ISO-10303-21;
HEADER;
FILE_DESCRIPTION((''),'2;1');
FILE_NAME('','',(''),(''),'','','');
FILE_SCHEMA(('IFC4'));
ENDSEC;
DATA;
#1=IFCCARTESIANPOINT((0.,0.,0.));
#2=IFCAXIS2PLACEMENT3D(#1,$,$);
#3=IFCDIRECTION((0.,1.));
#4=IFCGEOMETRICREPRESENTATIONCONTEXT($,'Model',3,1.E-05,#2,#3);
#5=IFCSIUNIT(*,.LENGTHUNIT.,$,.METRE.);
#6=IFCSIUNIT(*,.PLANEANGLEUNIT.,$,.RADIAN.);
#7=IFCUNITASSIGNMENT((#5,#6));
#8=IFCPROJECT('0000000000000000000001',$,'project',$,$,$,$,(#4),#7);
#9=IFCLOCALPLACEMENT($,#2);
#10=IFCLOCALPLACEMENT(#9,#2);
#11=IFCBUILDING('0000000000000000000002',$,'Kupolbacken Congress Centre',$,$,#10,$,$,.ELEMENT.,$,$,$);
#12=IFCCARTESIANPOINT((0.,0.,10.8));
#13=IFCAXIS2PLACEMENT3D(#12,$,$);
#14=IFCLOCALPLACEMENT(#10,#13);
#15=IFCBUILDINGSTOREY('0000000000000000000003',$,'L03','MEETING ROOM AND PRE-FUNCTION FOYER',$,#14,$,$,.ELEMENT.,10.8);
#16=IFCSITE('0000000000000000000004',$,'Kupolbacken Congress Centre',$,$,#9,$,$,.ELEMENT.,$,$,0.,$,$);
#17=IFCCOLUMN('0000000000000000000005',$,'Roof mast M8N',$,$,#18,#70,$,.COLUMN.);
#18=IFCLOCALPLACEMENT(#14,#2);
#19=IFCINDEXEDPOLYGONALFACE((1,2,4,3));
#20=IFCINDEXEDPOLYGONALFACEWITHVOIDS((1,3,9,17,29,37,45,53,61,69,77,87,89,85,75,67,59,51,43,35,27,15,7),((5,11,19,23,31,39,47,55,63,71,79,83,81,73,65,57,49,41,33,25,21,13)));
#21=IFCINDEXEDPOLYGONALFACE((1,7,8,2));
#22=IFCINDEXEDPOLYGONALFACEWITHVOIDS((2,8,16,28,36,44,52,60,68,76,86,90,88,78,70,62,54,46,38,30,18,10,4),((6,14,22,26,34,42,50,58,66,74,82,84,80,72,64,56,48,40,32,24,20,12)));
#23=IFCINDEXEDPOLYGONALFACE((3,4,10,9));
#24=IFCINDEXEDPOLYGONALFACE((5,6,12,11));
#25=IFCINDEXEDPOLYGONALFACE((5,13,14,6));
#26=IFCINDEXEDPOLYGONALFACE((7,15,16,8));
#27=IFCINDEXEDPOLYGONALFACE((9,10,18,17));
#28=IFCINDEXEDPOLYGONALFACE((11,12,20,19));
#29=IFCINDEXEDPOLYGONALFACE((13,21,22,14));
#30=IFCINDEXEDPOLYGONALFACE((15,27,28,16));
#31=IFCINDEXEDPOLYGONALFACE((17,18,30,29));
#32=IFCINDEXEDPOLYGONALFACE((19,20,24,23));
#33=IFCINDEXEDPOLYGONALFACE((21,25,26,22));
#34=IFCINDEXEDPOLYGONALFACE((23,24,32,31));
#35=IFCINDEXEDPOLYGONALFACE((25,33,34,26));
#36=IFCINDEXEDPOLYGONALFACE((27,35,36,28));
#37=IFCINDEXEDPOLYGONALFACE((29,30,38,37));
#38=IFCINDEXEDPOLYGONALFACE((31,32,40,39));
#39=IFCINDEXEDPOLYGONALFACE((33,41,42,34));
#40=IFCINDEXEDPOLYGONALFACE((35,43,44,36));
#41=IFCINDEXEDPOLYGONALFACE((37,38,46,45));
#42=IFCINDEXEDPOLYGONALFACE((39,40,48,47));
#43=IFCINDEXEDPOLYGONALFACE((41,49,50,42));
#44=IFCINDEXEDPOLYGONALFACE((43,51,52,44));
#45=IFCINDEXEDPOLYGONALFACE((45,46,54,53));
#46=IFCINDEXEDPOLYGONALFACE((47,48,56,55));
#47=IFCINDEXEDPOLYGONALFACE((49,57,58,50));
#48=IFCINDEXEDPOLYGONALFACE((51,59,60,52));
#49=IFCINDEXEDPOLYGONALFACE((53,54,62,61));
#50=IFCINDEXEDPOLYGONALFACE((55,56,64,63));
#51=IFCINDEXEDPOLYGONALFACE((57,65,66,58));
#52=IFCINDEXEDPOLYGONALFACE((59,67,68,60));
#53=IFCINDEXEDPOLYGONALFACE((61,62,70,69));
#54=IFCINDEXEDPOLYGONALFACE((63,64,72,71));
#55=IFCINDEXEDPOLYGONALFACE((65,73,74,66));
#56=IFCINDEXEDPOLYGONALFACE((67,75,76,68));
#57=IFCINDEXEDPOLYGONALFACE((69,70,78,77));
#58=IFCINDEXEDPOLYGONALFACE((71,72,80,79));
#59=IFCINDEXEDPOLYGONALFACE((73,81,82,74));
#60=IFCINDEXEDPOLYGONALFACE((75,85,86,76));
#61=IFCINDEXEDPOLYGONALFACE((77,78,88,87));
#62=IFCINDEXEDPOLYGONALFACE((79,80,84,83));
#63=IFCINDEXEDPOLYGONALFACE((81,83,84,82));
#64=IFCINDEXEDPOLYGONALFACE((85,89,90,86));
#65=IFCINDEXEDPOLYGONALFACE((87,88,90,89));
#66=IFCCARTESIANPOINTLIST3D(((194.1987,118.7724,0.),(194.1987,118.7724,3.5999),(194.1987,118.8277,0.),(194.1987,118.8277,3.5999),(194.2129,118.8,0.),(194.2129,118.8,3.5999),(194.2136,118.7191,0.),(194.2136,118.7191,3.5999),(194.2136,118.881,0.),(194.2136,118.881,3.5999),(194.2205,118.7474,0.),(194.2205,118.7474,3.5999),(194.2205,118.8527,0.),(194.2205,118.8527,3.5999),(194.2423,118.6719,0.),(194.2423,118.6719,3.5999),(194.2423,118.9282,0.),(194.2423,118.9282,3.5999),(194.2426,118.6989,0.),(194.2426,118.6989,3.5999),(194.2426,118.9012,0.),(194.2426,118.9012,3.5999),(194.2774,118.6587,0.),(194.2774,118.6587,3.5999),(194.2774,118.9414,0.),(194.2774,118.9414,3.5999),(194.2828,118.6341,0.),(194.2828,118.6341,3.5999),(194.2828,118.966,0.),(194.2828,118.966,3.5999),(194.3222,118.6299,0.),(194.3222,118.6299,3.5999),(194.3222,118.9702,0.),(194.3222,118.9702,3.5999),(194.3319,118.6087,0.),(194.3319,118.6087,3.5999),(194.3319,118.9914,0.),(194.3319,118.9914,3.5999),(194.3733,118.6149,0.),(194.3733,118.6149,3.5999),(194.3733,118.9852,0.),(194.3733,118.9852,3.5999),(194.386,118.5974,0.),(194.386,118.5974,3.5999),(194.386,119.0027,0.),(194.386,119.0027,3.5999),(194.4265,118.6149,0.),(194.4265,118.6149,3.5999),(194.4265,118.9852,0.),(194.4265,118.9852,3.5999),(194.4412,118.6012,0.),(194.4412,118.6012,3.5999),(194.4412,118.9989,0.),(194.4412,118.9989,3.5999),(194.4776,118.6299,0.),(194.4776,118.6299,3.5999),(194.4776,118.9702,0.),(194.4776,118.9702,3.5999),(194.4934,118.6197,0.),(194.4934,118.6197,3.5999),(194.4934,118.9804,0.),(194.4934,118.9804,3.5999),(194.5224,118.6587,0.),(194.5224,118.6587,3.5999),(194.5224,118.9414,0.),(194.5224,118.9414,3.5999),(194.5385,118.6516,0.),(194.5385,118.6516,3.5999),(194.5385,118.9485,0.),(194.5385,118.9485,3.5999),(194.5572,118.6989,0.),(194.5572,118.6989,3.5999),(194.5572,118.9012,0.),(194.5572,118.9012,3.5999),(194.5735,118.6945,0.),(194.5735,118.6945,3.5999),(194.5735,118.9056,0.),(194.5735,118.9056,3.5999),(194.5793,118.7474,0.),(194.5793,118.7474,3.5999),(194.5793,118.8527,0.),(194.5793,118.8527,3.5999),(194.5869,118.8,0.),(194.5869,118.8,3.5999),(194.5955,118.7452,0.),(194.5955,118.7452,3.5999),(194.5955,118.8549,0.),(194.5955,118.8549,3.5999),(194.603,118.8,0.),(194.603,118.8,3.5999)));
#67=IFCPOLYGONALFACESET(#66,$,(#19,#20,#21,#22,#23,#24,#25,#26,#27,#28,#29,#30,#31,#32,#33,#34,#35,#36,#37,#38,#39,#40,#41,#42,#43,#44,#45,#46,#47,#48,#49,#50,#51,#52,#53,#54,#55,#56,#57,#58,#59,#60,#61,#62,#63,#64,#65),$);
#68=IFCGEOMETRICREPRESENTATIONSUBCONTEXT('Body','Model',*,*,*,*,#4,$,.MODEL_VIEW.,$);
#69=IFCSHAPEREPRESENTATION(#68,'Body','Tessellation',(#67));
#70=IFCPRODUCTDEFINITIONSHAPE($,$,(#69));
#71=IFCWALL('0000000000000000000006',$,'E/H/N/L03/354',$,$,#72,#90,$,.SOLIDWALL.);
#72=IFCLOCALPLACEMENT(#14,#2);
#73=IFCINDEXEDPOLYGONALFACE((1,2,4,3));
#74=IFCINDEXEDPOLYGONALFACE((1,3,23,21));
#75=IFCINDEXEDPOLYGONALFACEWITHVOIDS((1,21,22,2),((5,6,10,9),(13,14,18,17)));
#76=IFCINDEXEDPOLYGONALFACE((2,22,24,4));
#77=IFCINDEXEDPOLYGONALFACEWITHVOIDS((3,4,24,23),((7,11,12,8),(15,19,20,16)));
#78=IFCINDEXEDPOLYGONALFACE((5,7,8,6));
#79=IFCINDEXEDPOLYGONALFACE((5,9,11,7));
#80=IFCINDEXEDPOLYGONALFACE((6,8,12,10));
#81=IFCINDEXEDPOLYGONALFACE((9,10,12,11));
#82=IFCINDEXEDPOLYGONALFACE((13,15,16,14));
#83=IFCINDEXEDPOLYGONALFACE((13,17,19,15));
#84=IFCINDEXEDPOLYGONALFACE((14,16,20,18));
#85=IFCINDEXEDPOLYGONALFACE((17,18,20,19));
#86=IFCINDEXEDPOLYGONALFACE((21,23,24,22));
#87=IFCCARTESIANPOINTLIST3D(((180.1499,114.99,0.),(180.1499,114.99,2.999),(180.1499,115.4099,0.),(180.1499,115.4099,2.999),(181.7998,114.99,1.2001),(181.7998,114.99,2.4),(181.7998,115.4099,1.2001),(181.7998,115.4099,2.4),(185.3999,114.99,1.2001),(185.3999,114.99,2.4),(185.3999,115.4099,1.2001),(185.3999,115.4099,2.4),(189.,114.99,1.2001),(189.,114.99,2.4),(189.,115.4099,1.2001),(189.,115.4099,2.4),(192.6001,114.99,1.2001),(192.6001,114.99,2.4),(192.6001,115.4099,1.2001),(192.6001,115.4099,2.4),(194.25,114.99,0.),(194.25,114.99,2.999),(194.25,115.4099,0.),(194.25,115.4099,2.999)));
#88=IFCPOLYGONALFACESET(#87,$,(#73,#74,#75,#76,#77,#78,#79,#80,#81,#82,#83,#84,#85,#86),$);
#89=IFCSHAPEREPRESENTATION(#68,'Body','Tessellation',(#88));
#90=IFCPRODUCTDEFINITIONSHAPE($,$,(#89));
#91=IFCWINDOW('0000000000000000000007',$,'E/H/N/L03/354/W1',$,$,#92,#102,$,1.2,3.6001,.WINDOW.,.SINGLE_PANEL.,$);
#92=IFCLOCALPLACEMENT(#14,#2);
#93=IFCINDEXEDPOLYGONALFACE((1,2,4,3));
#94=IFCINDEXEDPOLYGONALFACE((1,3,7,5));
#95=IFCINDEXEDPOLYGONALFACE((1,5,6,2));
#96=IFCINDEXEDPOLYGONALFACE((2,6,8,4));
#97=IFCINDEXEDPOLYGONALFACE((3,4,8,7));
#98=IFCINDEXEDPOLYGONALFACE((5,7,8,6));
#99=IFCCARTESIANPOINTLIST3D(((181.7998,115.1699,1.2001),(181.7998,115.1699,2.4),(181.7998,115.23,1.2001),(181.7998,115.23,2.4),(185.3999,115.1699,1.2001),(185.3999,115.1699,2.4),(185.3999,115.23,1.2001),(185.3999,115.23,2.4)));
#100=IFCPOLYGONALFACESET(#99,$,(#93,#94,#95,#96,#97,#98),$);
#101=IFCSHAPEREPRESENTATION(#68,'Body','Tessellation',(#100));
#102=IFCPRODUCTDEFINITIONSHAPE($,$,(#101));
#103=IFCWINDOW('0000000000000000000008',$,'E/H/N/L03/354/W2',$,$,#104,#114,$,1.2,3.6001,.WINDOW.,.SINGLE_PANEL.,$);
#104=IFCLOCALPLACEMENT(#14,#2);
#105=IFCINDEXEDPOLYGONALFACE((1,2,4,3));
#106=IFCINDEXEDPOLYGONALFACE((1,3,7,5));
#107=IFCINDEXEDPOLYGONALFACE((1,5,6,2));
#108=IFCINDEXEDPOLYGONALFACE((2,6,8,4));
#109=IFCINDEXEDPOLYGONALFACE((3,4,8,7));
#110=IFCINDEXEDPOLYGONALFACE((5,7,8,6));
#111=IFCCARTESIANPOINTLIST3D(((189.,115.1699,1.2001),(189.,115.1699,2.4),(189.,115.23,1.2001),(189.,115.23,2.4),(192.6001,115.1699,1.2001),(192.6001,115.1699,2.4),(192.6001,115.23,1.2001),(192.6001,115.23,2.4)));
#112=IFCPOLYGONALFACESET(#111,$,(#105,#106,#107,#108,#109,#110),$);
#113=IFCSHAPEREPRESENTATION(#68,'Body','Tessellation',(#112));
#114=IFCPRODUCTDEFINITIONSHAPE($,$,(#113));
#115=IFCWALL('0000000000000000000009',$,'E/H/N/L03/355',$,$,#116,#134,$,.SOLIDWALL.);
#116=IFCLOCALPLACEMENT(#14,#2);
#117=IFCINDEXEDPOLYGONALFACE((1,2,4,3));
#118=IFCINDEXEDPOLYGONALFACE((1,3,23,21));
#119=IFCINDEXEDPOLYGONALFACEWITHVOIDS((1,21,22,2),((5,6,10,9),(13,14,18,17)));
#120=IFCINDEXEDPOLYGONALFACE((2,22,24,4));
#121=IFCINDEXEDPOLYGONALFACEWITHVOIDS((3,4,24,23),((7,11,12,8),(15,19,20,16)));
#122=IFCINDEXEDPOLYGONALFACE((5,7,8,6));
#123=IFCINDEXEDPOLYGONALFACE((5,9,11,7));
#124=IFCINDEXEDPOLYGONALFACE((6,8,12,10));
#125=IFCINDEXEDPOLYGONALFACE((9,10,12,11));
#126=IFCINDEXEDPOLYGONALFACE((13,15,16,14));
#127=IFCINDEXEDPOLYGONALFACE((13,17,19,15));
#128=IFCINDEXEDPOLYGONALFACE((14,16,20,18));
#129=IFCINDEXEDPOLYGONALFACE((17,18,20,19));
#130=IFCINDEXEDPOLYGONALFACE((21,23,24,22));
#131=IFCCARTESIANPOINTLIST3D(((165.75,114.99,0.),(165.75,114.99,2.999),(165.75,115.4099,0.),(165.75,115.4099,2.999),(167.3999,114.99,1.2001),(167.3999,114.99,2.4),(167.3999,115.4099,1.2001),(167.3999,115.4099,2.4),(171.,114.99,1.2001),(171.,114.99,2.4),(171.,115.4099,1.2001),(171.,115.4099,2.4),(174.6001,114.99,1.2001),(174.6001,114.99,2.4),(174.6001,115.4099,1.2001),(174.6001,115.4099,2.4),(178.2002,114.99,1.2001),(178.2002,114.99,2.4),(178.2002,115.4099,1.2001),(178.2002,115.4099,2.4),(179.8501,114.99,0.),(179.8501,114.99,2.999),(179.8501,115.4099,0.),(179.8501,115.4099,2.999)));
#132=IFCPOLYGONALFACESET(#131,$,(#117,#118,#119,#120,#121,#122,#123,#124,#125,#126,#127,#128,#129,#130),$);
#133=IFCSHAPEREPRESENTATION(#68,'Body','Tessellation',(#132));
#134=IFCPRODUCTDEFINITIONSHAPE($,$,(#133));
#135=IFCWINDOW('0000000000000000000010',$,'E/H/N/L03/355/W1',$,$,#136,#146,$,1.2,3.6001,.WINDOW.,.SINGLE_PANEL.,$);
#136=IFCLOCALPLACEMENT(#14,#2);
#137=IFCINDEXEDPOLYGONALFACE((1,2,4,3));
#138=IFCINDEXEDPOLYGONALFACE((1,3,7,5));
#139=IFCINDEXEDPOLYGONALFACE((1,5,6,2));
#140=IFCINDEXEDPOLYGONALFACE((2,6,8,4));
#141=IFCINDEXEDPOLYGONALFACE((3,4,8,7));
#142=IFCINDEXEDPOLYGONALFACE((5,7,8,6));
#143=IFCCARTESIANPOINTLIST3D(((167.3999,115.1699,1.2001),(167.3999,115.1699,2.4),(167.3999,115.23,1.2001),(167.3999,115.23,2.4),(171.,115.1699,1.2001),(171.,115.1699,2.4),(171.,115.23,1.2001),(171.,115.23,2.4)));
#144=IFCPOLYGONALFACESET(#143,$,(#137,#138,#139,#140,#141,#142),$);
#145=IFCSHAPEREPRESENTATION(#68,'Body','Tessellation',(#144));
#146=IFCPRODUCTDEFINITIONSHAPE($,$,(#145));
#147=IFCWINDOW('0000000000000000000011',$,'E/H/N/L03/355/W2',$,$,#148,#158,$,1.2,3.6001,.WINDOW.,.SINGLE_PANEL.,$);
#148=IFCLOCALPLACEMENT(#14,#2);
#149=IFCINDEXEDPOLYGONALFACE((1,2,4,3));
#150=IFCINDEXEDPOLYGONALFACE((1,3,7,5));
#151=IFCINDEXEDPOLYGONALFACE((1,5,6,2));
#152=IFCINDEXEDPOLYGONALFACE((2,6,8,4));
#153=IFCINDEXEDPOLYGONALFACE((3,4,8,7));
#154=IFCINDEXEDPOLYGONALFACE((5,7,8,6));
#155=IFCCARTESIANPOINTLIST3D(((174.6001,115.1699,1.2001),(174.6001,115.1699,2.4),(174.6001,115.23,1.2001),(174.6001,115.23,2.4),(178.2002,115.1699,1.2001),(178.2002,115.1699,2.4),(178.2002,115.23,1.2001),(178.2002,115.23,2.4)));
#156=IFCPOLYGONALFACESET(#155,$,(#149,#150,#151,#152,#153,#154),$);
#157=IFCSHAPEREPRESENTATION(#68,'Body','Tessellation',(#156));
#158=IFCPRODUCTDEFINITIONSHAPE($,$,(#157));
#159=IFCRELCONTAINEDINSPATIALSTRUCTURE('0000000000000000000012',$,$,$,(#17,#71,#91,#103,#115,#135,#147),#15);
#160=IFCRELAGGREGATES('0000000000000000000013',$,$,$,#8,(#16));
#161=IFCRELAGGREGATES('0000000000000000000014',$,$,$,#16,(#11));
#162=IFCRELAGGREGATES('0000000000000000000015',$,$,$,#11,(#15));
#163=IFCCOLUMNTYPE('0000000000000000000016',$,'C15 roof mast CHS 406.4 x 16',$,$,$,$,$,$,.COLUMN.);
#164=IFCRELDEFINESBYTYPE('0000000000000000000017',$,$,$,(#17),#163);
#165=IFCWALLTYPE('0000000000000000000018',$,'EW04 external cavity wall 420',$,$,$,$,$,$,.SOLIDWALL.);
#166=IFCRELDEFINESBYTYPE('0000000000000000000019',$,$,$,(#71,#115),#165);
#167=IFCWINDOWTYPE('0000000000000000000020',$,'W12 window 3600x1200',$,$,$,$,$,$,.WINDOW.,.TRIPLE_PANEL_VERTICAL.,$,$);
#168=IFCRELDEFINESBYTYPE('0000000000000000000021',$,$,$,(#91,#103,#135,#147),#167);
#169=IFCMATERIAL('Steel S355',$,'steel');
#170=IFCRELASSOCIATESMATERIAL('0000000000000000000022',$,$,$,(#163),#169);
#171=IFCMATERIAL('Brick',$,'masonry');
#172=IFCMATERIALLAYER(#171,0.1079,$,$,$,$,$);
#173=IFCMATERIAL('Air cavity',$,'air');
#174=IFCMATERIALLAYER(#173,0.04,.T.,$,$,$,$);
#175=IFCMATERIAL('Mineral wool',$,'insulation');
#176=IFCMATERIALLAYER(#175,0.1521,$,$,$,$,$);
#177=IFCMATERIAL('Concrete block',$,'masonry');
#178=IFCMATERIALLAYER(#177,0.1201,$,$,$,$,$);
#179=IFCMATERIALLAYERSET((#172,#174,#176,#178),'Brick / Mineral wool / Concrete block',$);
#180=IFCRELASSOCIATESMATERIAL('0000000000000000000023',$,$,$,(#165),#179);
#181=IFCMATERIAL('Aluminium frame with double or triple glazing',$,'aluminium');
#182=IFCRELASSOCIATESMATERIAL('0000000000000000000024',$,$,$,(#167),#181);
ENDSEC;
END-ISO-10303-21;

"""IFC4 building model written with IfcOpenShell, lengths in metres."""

from ifc_helpers import new_model, si_unit, direction, frame, frame_2d, origin, origin_2d, place, context, subcontext, project, spatial, rectangle, hollow_circle, extrude, material, layer, layer_set, material_profile, profile_set, type_object, element, fill, save


model = new_model("IFC4")

# Units and contexts
model_context = context("Model", 3, precision=1e-05, world=origin(), true_north=direction((0.0, 1.0)))
body_context = subcontext(model_context, "Body", "Model", "MODEL_VIEW")
ifc_project = project(units=[si_unit("LENGTHUNIT", "METRE"), si_unit("PLANEANGLEUNIT", "RADIAN")], contexts=[model_context])

# Site, building, storey
site_placement = place(None, origin())
site = spatial("IfcSite", under=ifc_project, at=site_placement, Name="Kupolbacken Congress Centre", CompositionType="ELEMENT", RefElevation=0.0)
building_placement = place(site_placement, origin())
building = spatial("IfcBuilding", under=site, at=building_placement, Name="Kupolbacken Congress Centre", CompositionType="ELEMENT")
storey_placement = place(building_placement, frame((0.0, 0.0, 10.8)))
storey = spatial("IfcBuildingStorey", under=building, at=storey_placement, Name="L03", Description="MEETING ROOM AND PRE-FUNCTION FOYER", CompositionType="ELEMENT", Elevation=10.8)

# Column
ifc_material_1 = material(Name="Steel S355", Category="steel")
ifc_material_profile_1 = material_profile(ifc_material_1, hollow_circle(Radius=0.2031, WallThickness=0.0161, at=origin_2d()), Name="CHS 406.4 x 16")
ifc_profile_set_1 = profile_set([ifc_material_profile_1], Name="Steel S355")
column_type_1 = type_object("IfcColumnType", Name="C15 roof mast CHS 406.4 x 16", PredefinedType="COLUMN", material=ifc_profile_set_1)
for number, where, z_axis, x_axis, name in (
    (1, (194.3999, 118.8, 0.0), (0.0, 0.0, 1.0), (1.0, 0.0, 0.0), "Roof mast M8N"),
):
    element("IfcColumn", number, at=place(storey_placement, frame(where, z_axis=z_axis, x_axis=x_axis)), inside=storey, type_object=column_type_1, Name=name, PredefinedType="COLUMN", context=body_context, shape_type="SweptSolid", body=[
        extrude(hollow_circle(Radius=0.2031, WallThickness=0.0161, at=origin_2d()), origin(), (0.0, 0.0, 1.0), 3.5999),
    ])

# Walls, openings, windows
ifc_material_2 = material(Name="Brick", Category="masonry")
ifc_layer_1 = layer(ifc_material_2, 0.1079)
ifc_material_3 = material(Name="Air cavity", Category="air")
ifc_layer_2 = layer(ifc_material_3, 0.04, ventilated=True)
ifc_material_4 = material(Name="Mineral wool", Category="insulation")
ifc_layer_3 = layer(ifc_material_4, 0.1521)
ifc_material_5 = material(Name="Concrete block", Category="masonry")
ifc_layer_4 = layer(ifc_material_5, 0.1201)
ifc_layer_set_1 = layer_set([ifc_layer_1, ifc_layer_2, ifc_layer_3, ifc_layer_4], Name="Brick / Mineral wool / Concrete block")
wall_type = type_object("IfcWallType", Name="EW04 external cavity wall 420", PredefinedType="SOLIDWALL", material=ifc_layer_set_1)
wall_1_placement = place(storey_placement, frame((194.25, 115.2, 0.0), z_axis=(0.0, 0.0, 1.0), x_axis=(-1.0, 0.0, 0.0)))
wall_1 = element("IfcWall", 2, at=wall_1_placement, inside=storey, type_object=wall_type, Name="E/H/N/L03/354", PredefinedType="SOLIDWALL", context=body_context, shape_type="SweptSolid", body=[
    extrude(rectangle(XDim=14.1001, YDim=0.4199, at=frame_2d((7.05, 0.0))), origin(), (0.0, 0.0, 1.0), 2.999),
])
opening_1_placement = place(wall_1_placement, frame((8.8501, 0.0, 1.2)))
opening_1 = element("IfcOpeningElement", 3, at=opening_1_placement, cuts=wall_1, PredefinedType="OPENING", context=body_context, shape_type="SweptSolid", body=[
    extrude(rectangle(XDim=3.6001, YDim=1.2, at=frame_2d((1.8, 0.6001))), frame((0.0, 0.22, 0.0), z_axis=(0.0, -1.0, 0.0), x_axis=(1.0, 0.0, 0.0)), (0.0, 0.0, 1.0), 0.4399),
])
opening_2_placement = place(wall_1_placement, frame((1.6499, 0.0, 1.2)))
opening_2 = element("IfcOpeningElement", 4, at=opening_2_placement, cuts=wall_1, PredefinedType="OPENING", context=body_context, shape_type="SweptSolid", body=[
    extrude(rectangle(XDim=3.6001, YDim=1.2, at=frame_2d((1.8, 0.6001))), frame((0.0, 0.22, 0.0), z_axis=(0.0, -1.0, 0.0), x_axis=(1.0, 0.0, 0.0)), (0.0, 0.0, 1.0), 0.4399),
])
ifc_material_6 = material(Name="Aluminium frame with double or triple glazing", Category="aluminium")
window_type = type_object("IfcWindowType", Name="W12 window 3600x1200", PartitioningType="TRIPLE_PANEL_VERTICAL", PredefinedType="WINDOW", material=ifc_material_6)
window_1_placement = place(opening_1_placement, origin())
window_1 = element("IfcWindow", 5, at=window_1_placement, inside=storey, type_object=window_type, Name="E/H/N/L03/354/W1", OverallHeight=1.2, OverallWidth=3.6001, PartitioningType="SINGLE_PANEL", PredefinedType="WINDOW", context=body_context, shape_type="SweptSolid", body=[
    extrude(rectangle(XDim=3.6001, YDim=1.2, at=frame_2d((1.8, 0.6001))), frame((0.0, 0.03, 0.0), z_axis=(0.0, -1.0, 0.0), x_axis=(1.0, 0.0, 0.0)), (0.0, 0.0, 1.0), 0.0601),
])
fill(opening_1, window_1)
window_2_placement = place(opening_2_placement, origin())
window_2 = element("IfcWindow", 6, at=window_2_placement, inside=storey, type_object=window_type, Name="E/H/N/L03/354/W2", OverallHeight=1.2, OverallWidth=3.6001, PartitioningType="SINGLE_PANEL", PredefinedType="WINDOW", context=body_context, shape_type="SweptSolid", body=[
    extrude(rectangle(XDim=3.6001, YDim=1.2, at=frame_2d((1.8, 0.6001))), frame((0.0, 0.03, 0.0), z_axis=(0.0, -1.0, 0.0), x_axis=(1.0, 0.0, 0.0)), (0.0, 0.0, 1.0), 0.0601),
])
fill(opening_2, window_2)
wall_2_placement = place(storey_placement, frame((179.8501, 115.2, 0.0), z_axis=(0.0, 0.0, 1.0), x_axis=(-1.0, 0.0, 0.0)))
wall_2 = element("IfcWall", 7, at=wall_2_placement, inside=storey, type_object=wall_type, Name="E/H/N/L03/355", PredefinedType="SOLIDWALL", context=body_context, shape_type="SweptSolid", body=[
    extrude(rectangle(XDim=14.1001, YDim=0.4199, at=frame_2d((7.05, 0.0))), origin(), (0.0, 0.0, 1.0), 2.999),
])
opening_3_placement = place(wall_2_placement, frame((8.8501, 0.0, 1.2)))
opening_3 = element("IfcOpeningElement", 8, at=opening_3_placement, cuts=wall_2, PredefinedType="OPENING", context=body_context, shape_type="SweptSolid", body=[
    extrude(rectangle(XDim=3.6001, YDim=1.2, at=frame_2d((1.8, 0.6001))), frame((0.0, 0.22, 0.0), z_axis=(0.0, -1.0, 0.0), x_axis=(1.0, 0.0, 0.0)), (0.0, 0.0, 1.0), 0.4399),
])
opening_4_placement = place(wall_2_placement, frame((1.6499, 0.0, 1.2)))
opening_4 = element("IfcOpeningElement", 9, at=opening_4_placement, cuts=wall_2, PredefinedType="OPENING", context=body_context, shape_type="SweptSolid", body=[
    extrude(rectangle(XDim=3.6001, YDim=1.2, at=frame_2d((1.8, 0.6001))), frame((0.0, 0.22, 0.0), z_axis=(0.0, -1.0, 0.0), x_axis=(1.0, 0.0, 0.0)), (0.0, 0.0, 1.0), 0.4399),
])
window_3_placement = place(opening_3_placement, origin())
window_3 = element("IfcWindow", 10, at=window_3_placement, inside=storey, type_object=window_type, Name="E/H/N/L03/355/W1", OverallHeight=1.2, OverallWidth=3.6001, PartitioningType="SINGLE_PANEL", PredefinedType="WINDOW", context=body_context, shape_type="SweptSolid", body=[
    extrude(rectangle(XDim=3.6001, YDim=1.2, at=frame_2d((1.8, 0.6001))), frame((0.0, 0.03, 0.0), z_axis=(0.0, -1.0, 0.0), x_axis=(1.0, 0.0, 0.0)), (0.0, 0.0, 1.0), 0.0601),
])
fill(opening_3, window_3)
window_4_placement = place(opening_4_placement, origin())
window_4 = element("IfcWindow", 11, at=window_4_placement, inside=storey, type_object=window_type, Name="E/H/N/L03/355/W2", OverallHeight=1.2, OverallWidth=3.6001, PartitioningType="SINGLE_PANEL", PredefinedType="WINDOW", context=body_context, shape_type="SweptSolid", body=[
    extrude(rectangle(XDim=3.6001, YDim=1.2, at=frame_2d((1.8, 0.6001))), frame((0.0, 0.03, 0.0), z_axis=(0.0, -1.0, 0.0), x_axis=(1.0, 0.0, 0.0)), (0.0, 0.0, 1.0), 0.0601),
])
fill(opening_4, window_4)

save(model, "model.ifc")
